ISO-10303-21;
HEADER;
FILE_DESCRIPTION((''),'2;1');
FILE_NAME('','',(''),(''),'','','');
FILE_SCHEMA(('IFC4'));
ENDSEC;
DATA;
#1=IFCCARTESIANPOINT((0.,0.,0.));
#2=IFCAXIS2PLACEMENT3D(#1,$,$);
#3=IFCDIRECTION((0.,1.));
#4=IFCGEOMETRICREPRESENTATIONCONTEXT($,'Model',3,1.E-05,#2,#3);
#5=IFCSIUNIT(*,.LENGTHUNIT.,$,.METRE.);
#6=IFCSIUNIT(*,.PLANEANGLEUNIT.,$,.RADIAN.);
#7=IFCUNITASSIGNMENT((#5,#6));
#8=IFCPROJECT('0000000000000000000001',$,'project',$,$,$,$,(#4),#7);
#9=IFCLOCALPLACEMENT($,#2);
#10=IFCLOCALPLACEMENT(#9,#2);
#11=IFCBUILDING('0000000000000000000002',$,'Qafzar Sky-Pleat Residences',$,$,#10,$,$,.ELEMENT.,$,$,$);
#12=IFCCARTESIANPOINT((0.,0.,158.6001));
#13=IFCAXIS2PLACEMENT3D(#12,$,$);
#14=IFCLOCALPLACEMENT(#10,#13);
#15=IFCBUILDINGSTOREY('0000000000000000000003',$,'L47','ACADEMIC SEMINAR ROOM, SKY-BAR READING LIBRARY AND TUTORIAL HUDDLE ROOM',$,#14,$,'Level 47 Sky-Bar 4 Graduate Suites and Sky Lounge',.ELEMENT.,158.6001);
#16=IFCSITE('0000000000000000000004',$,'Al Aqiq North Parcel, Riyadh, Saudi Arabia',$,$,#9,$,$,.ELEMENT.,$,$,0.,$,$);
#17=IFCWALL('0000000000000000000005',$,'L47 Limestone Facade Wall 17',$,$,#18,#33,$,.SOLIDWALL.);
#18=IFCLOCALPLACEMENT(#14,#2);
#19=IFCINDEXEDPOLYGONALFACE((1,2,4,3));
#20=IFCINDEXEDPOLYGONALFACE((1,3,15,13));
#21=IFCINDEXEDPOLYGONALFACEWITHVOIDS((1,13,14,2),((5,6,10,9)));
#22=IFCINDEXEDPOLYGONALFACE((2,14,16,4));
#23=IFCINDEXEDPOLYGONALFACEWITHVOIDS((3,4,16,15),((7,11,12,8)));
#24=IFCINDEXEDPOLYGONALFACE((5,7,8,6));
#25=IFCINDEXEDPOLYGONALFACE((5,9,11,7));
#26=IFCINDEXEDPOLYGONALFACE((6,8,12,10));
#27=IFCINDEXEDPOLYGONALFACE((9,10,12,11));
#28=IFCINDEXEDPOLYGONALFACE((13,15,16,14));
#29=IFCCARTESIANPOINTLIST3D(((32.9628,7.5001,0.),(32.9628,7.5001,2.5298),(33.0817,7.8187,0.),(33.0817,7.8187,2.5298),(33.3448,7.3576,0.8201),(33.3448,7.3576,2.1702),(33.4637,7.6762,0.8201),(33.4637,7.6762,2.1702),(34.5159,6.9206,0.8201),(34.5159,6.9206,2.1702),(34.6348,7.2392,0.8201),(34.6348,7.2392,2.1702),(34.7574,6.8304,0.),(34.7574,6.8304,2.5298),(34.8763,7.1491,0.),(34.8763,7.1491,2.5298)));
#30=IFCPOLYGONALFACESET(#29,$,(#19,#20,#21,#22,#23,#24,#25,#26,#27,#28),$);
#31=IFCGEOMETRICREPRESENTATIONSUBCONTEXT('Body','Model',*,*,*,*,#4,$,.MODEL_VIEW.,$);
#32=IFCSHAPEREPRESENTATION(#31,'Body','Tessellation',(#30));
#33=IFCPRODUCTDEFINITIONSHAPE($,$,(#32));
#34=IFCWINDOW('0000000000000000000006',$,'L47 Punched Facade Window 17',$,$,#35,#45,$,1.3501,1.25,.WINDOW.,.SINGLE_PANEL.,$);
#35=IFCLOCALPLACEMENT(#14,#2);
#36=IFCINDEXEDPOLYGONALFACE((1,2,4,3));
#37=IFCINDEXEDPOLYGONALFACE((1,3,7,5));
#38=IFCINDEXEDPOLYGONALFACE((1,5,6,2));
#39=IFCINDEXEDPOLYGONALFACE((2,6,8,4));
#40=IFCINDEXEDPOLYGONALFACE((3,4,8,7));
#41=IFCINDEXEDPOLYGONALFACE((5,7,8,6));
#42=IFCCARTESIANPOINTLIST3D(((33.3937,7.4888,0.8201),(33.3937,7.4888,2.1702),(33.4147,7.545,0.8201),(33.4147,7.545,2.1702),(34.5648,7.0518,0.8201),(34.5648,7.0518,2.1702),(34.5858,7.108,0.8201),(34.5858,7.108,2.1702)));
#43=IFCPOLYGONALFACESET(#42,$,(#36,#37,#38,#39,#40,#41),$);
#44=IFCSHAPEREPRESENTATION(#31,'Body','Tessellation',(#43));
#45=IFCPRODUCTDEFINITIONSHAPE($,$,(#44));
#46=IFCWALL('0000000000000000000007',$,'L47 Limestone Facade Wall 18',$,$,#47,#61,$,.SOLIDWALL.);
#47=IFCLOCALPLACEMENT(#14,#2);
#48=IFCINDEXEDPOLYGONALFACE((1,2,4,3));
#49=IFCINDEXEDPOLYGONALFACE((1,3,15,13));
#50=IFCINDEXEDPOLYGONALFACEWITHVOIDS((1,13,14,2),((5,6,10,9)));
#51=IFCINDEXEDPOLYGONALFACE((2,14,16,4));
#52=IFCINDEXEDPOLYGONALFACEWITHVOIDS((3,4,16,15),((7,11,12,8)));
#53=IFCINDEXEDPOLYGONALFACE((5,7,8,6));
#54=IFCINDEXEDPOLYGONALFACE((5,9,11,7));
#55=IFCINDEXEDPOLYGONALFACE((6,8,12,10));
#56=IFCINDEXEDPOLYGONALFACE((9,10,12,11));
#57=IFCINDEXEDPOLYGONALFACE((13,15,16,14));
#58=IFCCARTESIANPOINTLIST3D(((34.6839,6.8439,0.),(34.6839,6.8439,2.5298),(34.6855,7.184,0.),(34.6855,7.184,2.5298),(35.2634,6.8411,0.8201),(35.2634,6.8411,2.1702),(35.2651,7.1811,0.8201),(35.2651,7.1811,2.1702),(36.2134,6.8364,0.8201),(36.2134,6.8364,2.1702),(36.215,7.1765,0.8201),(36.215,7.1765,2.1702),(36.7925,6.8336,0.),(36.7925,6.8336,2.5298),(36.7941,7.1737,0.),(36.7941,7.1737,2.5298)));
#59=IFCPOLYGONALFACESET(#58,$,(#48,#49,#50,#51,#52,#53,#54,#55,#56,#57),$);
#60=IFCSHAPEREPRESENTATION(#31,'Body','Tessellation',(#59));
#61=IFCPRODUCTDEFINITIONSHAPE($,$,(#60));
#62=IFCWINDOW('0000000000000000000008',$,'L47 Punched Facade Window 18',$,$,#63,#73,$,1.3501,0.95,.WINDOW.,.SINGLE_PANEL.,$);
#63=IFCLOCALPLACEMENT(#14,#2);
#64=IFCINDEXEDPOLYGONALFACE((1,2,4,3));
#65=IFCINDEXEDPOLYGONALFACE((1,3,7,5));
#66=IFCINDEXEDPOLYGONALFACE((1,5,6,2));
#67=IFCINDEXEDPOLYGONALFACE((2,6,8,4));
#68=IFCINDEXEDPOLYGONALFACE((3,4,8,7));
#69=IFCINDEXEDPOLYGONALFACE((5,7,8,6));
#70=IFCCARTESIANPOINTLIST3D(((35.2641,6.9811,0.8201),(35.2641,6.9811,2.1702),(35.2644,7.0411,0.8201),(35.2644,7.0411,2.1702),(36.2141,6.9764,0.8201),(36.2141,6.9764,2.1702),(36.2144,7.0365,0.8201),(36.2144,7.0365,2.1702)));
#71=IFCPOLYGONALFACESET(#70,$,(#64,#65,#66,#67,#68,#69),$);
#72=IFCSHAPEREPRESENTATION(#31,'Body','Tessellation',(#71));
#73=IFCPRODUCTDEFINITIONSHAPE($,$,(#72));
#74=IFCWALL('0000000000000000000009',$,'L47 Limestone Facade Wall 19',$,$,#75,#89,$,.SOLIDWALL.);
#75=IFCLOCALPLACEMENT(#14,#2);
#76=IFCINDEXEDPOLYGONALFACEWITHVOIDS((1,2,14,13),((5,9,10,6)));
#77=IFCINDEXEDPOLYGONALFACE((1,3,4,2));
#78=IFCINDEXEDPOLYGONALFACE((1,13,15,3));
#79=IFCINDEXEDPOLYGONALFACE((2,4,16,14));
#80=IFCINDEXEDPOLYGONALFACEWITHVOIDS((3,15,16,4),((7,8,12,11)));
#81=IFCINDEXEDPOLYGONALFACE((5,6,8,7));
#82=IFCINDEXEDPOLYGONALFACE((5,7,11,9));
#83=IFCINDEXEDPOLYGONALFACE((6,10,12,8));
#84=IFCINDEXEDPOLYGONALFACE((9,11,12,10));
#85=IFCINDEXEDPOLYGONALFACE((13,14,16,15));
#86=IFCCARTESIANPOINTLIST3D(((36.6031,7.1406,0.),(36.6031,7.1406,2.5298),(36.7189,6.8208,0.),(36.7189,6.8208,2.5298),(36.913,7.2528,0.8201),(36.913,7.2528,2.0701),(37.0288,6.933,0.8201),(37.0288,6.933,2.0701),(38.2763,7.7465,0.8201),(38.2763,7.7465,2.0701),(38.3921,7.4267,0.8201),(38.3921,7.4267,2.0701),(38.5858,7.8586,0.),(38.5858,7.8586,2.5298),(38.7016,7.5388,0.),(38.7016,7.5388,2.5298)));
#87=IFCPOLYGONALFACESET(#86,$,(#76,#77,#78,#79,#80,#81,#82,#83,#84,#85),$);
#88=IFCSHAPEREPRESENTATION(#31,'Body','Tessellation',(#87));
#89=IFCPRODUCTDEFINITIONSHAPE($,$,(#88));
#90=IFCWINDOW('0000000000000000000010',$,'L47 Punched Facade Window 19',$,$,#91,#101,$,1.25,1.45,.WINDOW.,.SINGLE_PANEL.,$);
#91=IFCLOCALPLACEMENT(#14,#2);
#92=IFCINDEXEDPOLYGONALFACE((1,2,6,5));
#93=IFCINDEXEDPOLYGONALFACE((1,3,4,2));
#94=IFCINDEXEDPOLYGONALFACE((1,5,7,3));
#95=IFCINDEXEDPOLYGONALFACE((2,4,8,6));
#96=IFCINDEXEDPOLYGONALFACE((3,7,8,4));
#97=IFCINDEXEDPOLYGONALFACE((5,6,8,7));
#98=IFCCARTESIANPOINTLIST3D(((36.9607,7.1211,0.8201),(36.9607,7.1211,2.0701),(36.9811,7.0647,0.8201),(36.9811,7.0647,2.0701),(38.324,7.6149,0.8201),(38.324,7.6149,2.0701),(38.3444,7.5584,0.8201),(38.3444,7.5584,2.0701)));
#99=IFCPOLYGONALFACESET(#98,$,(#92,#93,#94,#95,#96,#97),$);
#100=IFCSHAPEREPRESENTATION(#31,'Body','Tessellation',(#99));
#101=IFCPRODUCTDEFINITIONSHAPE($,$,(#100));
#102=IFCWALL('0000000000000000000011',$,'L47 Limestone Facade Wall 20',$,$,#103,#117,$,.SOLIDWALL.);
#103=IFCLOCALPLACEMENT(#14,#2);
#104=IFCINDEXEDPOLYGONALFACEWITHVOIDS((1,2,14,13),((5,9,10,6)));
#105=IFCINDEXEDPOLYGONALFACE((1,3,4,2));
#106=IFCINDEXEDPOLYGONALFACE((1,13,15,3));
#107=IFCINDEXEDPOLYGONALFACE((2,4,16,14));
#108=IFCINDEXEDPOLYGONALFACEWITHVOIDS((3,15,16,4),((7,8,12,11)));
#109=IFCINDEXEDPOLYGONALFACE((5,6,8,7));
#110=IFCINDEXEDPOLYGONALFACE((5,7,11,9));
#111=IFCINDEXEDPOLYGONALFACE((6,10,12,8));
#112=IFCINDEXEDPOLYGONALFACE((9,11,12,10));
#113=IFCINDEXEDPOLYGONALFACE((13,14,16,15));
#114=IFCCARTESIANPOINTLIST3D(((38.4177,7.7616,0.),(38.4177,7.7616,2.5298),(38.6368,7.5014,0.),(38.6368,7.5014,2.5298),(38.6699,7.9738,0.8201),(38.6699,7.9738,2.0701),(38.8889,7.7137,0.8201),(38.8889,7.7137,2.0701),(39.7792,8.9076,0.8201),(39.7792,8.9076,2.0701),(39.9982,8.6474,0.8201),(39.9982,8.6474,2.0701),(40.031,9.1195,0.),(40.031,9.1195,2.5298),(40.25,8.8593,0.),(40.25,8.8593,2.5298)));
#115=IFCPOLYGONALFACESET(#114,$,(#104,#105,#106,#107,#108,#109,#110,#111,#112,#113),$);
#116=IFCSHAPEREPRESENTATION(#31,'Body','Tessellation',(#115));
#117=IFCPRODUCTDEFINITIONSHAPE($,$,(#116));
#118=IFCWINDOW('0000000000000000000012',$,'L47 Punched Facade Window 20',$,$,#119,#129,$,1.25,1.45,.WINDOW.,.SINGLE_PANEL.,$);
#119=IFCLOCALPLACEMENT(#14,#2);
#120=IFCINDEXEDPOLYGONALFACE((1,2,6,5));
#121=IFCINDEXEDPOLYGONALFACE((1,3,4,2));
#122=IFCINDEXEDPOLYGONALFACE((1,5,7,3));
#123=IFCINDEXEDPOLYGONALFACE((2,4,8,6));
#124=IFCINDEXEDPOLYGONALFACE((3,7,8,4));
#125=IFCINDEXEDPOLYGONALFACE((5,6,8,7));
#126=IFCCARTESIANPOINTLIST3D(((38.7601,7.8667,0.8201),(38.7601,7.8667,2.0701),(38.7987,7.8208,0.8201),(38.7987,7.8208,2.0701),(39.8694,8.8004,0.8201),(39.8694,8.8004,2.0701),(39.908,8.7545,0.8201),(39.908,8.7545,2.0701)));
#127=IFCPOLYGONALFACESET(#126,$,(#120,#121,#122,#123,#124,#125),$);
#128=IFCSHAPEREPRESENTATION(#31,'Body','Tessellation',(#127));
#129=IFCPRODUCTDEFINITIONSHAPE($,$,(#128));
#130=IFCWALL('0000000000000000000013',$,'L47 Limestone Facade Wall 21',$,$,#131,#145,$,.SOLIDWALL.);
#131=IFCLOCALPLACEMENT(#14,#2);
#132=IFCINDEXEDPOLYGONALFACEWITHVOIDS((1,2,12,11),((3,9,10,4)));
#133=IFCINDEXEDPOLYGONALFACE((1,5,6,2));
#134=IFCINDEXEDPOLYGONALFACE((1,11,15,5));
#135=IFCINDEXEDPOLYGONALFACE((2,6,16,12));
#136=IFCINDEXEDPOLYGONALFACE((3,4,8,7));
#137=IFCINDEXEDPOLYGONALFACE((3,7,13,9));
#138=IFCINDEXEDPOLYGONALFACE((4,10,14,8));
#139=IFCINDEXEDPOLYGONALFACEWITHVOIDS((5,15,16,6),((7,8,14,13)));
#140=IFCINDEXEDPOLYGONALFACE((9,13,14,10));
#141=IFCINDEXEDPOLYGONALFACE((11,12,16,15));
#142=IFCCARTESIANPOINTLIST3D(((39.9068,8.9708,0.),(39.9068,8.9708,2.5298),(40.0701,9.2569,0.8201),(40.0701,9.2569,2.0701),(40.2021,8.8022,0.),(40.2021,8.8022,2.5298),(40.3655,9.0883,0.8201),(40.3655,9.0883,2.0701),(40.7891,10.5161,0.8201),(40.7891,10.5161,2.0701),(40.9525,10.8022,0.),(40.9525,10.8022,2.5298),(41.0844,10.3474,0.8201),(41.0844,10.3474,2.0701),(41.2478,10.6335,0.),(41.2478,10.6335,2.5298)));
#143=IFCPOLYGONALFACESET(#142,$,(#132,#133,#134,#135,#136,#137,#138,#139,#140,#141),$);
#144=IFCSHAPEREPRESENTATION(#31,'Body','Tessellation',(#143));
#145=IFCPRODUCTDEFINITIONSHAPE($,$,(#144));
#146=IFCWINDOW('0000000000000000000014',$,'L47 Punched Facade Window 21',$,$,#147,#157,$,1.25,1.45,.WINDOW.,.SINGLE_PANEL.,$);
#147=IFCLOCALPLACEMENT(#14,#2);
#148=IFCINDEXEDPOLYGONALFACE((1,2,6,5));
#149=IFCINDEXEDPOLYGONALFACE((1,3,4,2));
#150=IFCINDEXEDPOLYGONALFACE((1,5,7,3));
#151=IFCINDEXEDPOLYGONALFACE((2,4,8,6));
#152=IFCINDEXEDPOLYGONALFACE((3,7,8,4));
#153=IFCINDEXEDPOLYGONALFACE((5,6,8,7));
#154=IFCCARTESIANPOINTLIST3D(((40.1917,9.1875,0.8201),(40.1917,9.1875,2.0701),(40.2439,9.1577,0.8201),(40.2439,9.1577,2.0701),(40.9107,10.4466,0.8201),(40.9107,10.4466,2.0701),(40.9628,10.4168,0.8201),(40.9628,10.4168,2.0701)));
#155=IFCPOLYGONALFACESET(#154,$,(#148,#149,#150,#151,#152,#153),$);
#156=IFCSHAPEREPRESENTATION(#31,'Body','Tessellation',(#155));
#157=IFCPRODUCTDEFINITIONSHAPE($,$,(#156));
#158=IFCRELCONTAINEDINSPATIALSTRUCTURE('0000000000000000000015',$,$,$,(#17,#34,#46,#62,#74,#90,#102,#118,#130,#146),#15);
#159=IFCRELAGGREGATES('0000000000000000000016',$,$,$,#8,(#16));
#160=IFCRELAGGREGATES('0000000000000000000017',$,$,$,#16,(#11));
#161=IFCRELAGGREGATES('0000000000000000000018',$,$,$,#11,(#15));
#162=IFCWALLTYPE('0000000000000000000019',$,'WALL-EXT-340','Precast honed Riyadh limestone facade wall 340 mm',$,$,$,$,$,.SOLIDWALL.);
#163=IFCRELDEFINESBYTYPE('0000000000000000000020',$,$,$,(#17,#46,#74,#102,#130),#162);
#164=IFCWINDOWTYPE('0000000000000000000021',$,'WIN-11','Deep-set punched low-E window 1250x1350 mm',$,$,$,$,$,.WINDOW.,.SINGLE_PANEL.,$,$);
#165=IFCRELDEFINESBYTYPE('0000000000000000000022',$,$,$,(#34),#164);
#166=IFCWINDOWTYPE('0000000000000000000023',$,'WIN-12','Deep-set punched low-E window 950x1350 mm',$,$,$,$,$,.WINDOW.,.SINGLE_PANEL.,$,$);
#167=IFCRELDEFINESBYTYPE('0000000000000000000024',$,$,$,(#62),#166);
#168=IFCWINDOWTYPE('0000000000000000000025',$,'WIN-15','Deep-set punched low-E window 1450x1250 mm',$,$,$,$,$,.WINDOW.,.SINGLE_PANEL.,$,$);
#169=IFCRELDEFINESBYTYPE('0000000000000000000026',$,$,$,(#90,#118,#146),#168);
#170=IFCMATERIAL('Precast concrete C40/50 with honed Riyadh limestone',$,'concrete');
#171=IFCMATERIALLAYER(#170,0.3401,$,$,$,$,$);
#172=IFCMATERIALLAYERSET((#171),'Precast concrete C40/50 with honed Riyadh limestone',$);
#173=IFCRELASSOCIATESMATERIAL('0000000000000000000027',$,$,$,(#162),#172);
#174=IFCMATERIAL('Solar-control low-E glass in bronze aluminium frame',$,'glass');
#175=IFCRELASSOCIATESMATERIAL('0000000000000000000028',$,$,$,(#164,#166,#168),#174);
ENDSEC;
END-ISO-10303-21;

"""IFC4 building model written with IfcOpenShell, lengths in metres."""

from ifc_helpers import new_model, si_unit, direction, frame, frame_2d, origin, place, context, subcontext, project, spatial, rectangle, extrude, source, transform, mapped, material, layer, layer_set, type_object, element, fill, save


model = new_model("IFC4")

# Units and contexts
model_context = context("Model", 3, precision=1e-05, world=origin(), true_north=direction((0.0, 1.0)))
body_context = subcontext(model_context, "Body", "Model", "MODEL_VIEW")
ifc_project = project(units=[si_unit("LENGTHUNIT", "METRE"), si_unit("PLANEANGLEUNIT", "RADIAN")], contexts=[model_context])

# Site, building, storey
site_placement = place(None, origin())
site = spatial("IfcSite", under=ifc_project, at=site_placement, Name="Al Aqiq North Parcel, Riyadh, Saudi Arabia", CompositionType="ELEMENT", RefElevation=0.0)
building_placement = place(site_placement, origin())
building = spatial("IfcBuilding", under=site, at=building_placement, Name="Qafzar Sky-Pleat Residences", CompositionType="ELEMENT")
storey_placement = place(building_placement, frame((0.0, 0.0, 158.6001)))
storey = spatial("IfcBuildingStorey", under=building, at=storey_placement, Name="L47", Description="ACADEMIC SEMINAR ROOM, SKY-BAR READING LIBRARY AND TUTORIAL HUDDLE ROOM", LongName="Level 47 Sky-Bar 4 Graduate Suites and Sky Lounge", CompositionType="ELEMENT", Elevation=158.6001)

# Walls, openings, windows
ifc_material_1 = material(Name="Precast concrete C40/50 with honed Riyadh limestone", Category="concrete")
ifc_layer_1 = layer(ifc_material_1, 0.3401)
ifc_layer_set_1 = layer_set([ifc_layer_1], Name="Precast concrete C40/50 with honed Riyadh limestone")
wall_type = type_object("IfcWallType", Name="WALL-EXT-340", Description="Precast honed Riyadh limestone facade wall 340 mm", PredefinedType="SOLIDWALL", material=ifc_layer_set_1)
wall_1_placement = place(storey_placement, frame((33.0222, 7.6594, 0.0), z_axis=(0.0, 0.0, 1.0), x_axis=(0.936899, -0.349601, 0.0)))
wall_1 = element("IfcWall", 1, at=wall_1_placement, inside=storey, type_object=wall_type, Name="L47 Limestone Facade Wall 17", PredefinedType="SOLIDWALL", context=body_context, shape_type="SweptSolid", body=[
    extrude(rectangle(XDim=1.9155, YDim=0.3401, at=frame_2d((0.9578, 0.0))), origin(), (0.0, 0.0, 1.0), 2.5298),
])
opening_1_placement = place(wall_1_placement, frame((0.4077, 0.0, 0.8201)))
opening_1 = element("IfcOpeningElement", 2, at=opening_1_placement, cuts=wall_1, PredefinedType="OPENING", context=body_context, shape_type="SweptSolid", body=[
    extrude(rectangle(XDim=1.25, YDim=1.3501, at=frame_2d((0.625, 0.675))), frame((0.0, 0.1802, 0.0), z_axis=(0.0, -1.0, 0.0), x_axis=(1.0, 0.0, 0.0)), (0.0, 0.0, 1.0), 0.3601),
])
ifc_material_2 = material(Name="Solar-control low-E glass in bronze aluminium frame", Category="glass")
window_type_1 = type_object("IfcWindowType", Name="WIN-11", Description="Deep-set punched low-E window 1250x1350 mm", PartitioningType="SINGLE_PANEL", PredefinedType="WINDOW", material=ifc_material_2)
shared_shape_1 = source(origin(), body_context, "Body", "SweptSolid", [
    extrude(rectangle(XDim=1.25, YDim=1.3501, at=frame_2d((0.625, 0.675))), frame((0.0, 0.03, 0.0), z_axis=(0.0, -1.0, 0.0), x_axis=(1.0, 0.0, 0.0)), (0.0, 0.0, 1.0), 0.0601),
])
window_1_placement = place(opening_1_placement, origin())
window_1 = element("IfcWindow", 3, at=window_1_placement, inside=storey, type_object=window_type_1, Name="L47 Punched Facade Window 17", OverallHeight=1.3501, OverallWidth=1.25, PartitioningType="SINGLE_PANEL", PredefinedType="WINDOW", context=body_context, shape_type="MappedRepresentation", body=[
    mapped(shared_shape_1, transform((0.0, 0.0, 0.0), x_axis=(1.0, 0.0, 0.0), y_axis=(0.0, 1.0, 0.0), z_axis=(0.0, 0.0, 1.0), scale=1.0)),
])
fill(opening_1, window_1)
wall_2_placement = place(storey_placement, frame((34.6848, 7.0139, 0.0), z_axis=(0.0, 0.0, 1.0), x_axis=(0.999988, -0.004863, 0.0)))
wall_2 = element("IfcWall", 4, at=wall_2_placement, inside=storey, type_object=wall_type, Name="L47 Limestone Facade Wall 18", PredefinedType="SOLIDWALL", context=body_context, shape_type="SweptSolid", body=[
    extrude(rectangle(XDim=2.1086, YDim=0.3401, at=frame_2d((1.0542, 0.0))), origin(), (0.0, 0.0, 1.0), 2.5298),
])
opening_2_placement = place(wall_2_placement, frame((0.5793, 0.0, 0.8201)))
opening_2 = element("IfcOpeningElement", 5, at=opening_2_placement, cuts=wall_2, PredefinedType="OPENING", context=body_context, shape_type="SweptSolid", body=[
    extrude(rectangle(XDim=0.95, YDim=1.3501, at=frame_2d((0.4751, 0.675))), frame((0.0, 0.1802, 0.0), z_axis=(0.0, -1.0, 0.0), x_axis=(1.0, 0.0, 0.0)), (0.0, 0.0, 1.0), 0.3601),
])
window_type_2 = type_object("IfcWindowType", Name="WIN-12", Description="Deep-set punched low-E window 950x1350 mm", PartitioningType="SINGLE_PANEL", PredefinedType="WINDOW", material=ifc_material_2)
shared_shape_2 = source(origin(), body_context, "Body", "SweptSolid", [
    extrude(rectangle(XDim=0.95, YDim=1.3501, at=frame_2d((0.4751, 0.675))), frame((0.0, 0.03, 0.0), z_axis=(0.0, -1.0, 0.0), x_axis=(1.0, 0.0, 0.0)), (0.0, 0.0, 1.0), 0.0601),
])
window_2_placement = place(opening_2_placement, origin())
window_2 = element("IfcWindow", 6, at=window_2_placement, inside=storey, type_object=window_type_2, Name="L47 Punched Facade Window 18", OverallHeight=1.3501, OverallWidth=0.95, PartitioningType="SINGLE_PANEL", PredefinedType="WINDOW", context=body_context, shape_type="MappedRepresentation", body=[
    mapped(shared_shape_2, transform((0.0, 0.0, 0.0), x_axis=(1.0, 0.0, 0.0), y_axis=(0.0, 1.0, 0.0), z_axis=(0.0, 0.0, 1.0), scale=1.0)),
])
fill(opening_2, window_2)
wall_3_placement = place(storey_placement, frame((36.6611, 6.9807, 0.0), z_axis=(0.0, 0.0, 1.0), x_axis=(0.940242, 0.340506, 0.0)))
wall_3 = element("IfcWall", 7, at=wall_3_placement, inside=storey, type_object=wall_type, Name="L47 Limestone Facade Wall 19", PredefinedType="SOLIDWALL", context=body_context, shape_type="SweptSolid", body=[
    extrude(rectangle(XDim=2.1086, YDim=0.3401, at=frame_2d((1.0542, 0.0))), origin(), (0.0, 0.0, 1.0), 2.5298),
])
opening_3_placement = place(wall_3_placement, frame((0.3293, 0.0, 0.8201)))
opening_3 = element("IfcOpeningElement", 8, at=opening_3_placement, cuts=wall_3, PredefinedType="OPENING", context=body_context, shape_type="SweptSolid", body=[
    extrude(rectangle(XDim=1.45, YDim=1.25, at=frame_2d((0.7251, 0.625))), frame((0.0, 0.1802, 0.0), z_axis=(0.0, -1.0, 0.0), x_axis=(1.0, 0.0, 0.0)), (0.0, 0.0, 1.0), 0.3601),
])
window_type_3 = type_object("IfcWindowType", Name="WIN-15", Description="Deep-set punched low-E window 1450x1250 mm", PartitioningType="SINGLE_PANEL", PredefinedType="WINDOW", material=ifc_material_2)
shared_shape_3 = source(origin(), body_context, "Body", "SweptSolid", [
    extrude(rectangle(XDim=1.45, YDim=1.25, at=frame_2d((0.7251, 0.625))), frame((0.0, 0.03, 0.0), z_axis=(0.0, -1.0, 0.0), x_axis=(1.0, 0.0, 0.0)), (0.0, 0.0, 1.0), 0.0601),
])
window_3_placement = place(opening_3_placement, origin())
window_3 = element("IfcWindow", 9, at=window_3_placement, inside=storey, type_object=window_type_3, Name="L47 Punched Facade Window 19", OverallHeight=1.25, OverallWidth=1.45, PartitioningType="SINGLE_PANEL", PredefinedType="WINDOW", context=body_context, shape_type="MappedRepresentation", body=[
    mapped(shared_shape_3, transform((0.0, 0.0, 0.0), x_axis=(1.0, 0.0, 0.0), y_axis=(0.0, 1.0, 0.0), z_axis=(0.0, 0.0, 1.0), scale=1.0)),
])
fill(opening_3, window_3)
wall_4_placement = place(storey_placement, frame((38.5273, 7.6316, 0.0), z_axis=(0.0, 0.0, 1.0), x_axis=(0.765061, 0.643957, 0.0)))
wall_4 = element("IfcWall", 10, at=wall_4_placement, inside=storey, type_object=wall_type, Name="L47 Limestone Facade Wall 20", PredefinedType="SOLIDWALL", context=body_context, shape_type="SweptSolid", body=[
    extrude(rectangle(XDim=2.1086, YDim=0.3401, at=frame_2d((1.0542, 0.0))), origin(), (0.0, 0.0, 1.0), 2.5298),
])
opening_4_placement = place(wall_4_placement, frame((0.3293, 0.0, 0.8201)))
opening_4 = element("IfcOpeningElement", 11, at=opening_4_placement, cuts=wall_4, PredefinedType="OPENING", context=body_context, shape_type="SweptSolid", body=[
    extrude(rectangle(XDim=1.45, YDim=1.25, at=frame_2d((0.7251, 0.625))), frame((0.0, 0.1802, 0.0), z_axis=(0.0, -1.0, 0.0), x_axis=(1.0, 0.0, 0.0)), (0.0, 0.0, 1.0), 0.3601),
])
window_4_placement = place(opening_4_placement, origin())
window_4 = element("IfcWindow", 12, at=window_4_placement, inside=storey, type_object=window_type_3, Name="L47 Punched Facade Window 20", OverallHeight=1.25, OverallWidth=1.45, PartitioningType="SINGLE_PANEL", PredefinedType="WINDOW", context=body_context, shape_type="MappedRepresentation", body=[
    mapped(shared_shape_3, transform((0.0, 0.0, 0.0), x_axis=(1.0, 0.0, 0.0), y_axis=(0.0, 1.0, 0.0), z_axis=(0.0, 0.0, 1.0), scale=1.0)),
])
fill(opening_4, window_4)
wall_5_placement = place(storey_placement, frame((40.0544, 8.8865, 0.0), z_axis=(0.0, 0.0, 1.0), x_axis=(0.495852, 0.868407, 0.0)))
wall_5 = element("IfcWall", 13, at=wall_5_placement, inside=storey, type_object=wall_type, Name="L47 Limestone Facade Wall 21", PredefinedType="SOLIDWALL", context=body_context, shape_type="SweptSolid", body=[
    extrude(rectangle(XDim=2.1089, YDim=0.3401, at=frame_2d((1.0544, 0.0))), origin(), (0.0, 0.0, 1.0), 2.5298),
])
opening_5_placement = place(wall_5_placement, frame((0.3293, 0.0, 0.8201)))
opening_5 = element("IfcOpeningElement", 14, at=opening_5_placement, cuts=wall_5, PredefinedType="OPENING", context=body_context, shape_type="SweptSolid", body=[
    extrude(rectangle(XDim=1.45, YDim=1.25, at=frame_2d((0.7251, 0.625))), frame((0.0, 0.1802, 0.0), z_axis=(0.0, -1.0, 0.0), x_axis=(1.0, 0.0, 0.0)), (0.0, 0.0, 1.0), 0.3601),
])
window_5_placement = place(opening_5_placement, origin())
window_5 = element("IfcWindow", 15, at=window_5_placement, inside=storey, type_object=window_type_3, Name="L47 Punched Facade Window 21", OverallHeight=1.25, OverallWidth=1.45, PartitioningType="SINGLE_PANEL", PredefinedType="WINDOW", context=body_context, shape_type="MappedRepresentation", body=[
    mapped(shared_shape_3, transform((0.0, 0.0, 0.0), x_axis=(1.0, 0.0, 0.0), y_axis=(0.0, 1.0, 0.0), z_axis=(0.0, 0.0, 1.0), scale=1.0)),
])
fill(opening_5, window_5)

save(model, "model.ifc")
